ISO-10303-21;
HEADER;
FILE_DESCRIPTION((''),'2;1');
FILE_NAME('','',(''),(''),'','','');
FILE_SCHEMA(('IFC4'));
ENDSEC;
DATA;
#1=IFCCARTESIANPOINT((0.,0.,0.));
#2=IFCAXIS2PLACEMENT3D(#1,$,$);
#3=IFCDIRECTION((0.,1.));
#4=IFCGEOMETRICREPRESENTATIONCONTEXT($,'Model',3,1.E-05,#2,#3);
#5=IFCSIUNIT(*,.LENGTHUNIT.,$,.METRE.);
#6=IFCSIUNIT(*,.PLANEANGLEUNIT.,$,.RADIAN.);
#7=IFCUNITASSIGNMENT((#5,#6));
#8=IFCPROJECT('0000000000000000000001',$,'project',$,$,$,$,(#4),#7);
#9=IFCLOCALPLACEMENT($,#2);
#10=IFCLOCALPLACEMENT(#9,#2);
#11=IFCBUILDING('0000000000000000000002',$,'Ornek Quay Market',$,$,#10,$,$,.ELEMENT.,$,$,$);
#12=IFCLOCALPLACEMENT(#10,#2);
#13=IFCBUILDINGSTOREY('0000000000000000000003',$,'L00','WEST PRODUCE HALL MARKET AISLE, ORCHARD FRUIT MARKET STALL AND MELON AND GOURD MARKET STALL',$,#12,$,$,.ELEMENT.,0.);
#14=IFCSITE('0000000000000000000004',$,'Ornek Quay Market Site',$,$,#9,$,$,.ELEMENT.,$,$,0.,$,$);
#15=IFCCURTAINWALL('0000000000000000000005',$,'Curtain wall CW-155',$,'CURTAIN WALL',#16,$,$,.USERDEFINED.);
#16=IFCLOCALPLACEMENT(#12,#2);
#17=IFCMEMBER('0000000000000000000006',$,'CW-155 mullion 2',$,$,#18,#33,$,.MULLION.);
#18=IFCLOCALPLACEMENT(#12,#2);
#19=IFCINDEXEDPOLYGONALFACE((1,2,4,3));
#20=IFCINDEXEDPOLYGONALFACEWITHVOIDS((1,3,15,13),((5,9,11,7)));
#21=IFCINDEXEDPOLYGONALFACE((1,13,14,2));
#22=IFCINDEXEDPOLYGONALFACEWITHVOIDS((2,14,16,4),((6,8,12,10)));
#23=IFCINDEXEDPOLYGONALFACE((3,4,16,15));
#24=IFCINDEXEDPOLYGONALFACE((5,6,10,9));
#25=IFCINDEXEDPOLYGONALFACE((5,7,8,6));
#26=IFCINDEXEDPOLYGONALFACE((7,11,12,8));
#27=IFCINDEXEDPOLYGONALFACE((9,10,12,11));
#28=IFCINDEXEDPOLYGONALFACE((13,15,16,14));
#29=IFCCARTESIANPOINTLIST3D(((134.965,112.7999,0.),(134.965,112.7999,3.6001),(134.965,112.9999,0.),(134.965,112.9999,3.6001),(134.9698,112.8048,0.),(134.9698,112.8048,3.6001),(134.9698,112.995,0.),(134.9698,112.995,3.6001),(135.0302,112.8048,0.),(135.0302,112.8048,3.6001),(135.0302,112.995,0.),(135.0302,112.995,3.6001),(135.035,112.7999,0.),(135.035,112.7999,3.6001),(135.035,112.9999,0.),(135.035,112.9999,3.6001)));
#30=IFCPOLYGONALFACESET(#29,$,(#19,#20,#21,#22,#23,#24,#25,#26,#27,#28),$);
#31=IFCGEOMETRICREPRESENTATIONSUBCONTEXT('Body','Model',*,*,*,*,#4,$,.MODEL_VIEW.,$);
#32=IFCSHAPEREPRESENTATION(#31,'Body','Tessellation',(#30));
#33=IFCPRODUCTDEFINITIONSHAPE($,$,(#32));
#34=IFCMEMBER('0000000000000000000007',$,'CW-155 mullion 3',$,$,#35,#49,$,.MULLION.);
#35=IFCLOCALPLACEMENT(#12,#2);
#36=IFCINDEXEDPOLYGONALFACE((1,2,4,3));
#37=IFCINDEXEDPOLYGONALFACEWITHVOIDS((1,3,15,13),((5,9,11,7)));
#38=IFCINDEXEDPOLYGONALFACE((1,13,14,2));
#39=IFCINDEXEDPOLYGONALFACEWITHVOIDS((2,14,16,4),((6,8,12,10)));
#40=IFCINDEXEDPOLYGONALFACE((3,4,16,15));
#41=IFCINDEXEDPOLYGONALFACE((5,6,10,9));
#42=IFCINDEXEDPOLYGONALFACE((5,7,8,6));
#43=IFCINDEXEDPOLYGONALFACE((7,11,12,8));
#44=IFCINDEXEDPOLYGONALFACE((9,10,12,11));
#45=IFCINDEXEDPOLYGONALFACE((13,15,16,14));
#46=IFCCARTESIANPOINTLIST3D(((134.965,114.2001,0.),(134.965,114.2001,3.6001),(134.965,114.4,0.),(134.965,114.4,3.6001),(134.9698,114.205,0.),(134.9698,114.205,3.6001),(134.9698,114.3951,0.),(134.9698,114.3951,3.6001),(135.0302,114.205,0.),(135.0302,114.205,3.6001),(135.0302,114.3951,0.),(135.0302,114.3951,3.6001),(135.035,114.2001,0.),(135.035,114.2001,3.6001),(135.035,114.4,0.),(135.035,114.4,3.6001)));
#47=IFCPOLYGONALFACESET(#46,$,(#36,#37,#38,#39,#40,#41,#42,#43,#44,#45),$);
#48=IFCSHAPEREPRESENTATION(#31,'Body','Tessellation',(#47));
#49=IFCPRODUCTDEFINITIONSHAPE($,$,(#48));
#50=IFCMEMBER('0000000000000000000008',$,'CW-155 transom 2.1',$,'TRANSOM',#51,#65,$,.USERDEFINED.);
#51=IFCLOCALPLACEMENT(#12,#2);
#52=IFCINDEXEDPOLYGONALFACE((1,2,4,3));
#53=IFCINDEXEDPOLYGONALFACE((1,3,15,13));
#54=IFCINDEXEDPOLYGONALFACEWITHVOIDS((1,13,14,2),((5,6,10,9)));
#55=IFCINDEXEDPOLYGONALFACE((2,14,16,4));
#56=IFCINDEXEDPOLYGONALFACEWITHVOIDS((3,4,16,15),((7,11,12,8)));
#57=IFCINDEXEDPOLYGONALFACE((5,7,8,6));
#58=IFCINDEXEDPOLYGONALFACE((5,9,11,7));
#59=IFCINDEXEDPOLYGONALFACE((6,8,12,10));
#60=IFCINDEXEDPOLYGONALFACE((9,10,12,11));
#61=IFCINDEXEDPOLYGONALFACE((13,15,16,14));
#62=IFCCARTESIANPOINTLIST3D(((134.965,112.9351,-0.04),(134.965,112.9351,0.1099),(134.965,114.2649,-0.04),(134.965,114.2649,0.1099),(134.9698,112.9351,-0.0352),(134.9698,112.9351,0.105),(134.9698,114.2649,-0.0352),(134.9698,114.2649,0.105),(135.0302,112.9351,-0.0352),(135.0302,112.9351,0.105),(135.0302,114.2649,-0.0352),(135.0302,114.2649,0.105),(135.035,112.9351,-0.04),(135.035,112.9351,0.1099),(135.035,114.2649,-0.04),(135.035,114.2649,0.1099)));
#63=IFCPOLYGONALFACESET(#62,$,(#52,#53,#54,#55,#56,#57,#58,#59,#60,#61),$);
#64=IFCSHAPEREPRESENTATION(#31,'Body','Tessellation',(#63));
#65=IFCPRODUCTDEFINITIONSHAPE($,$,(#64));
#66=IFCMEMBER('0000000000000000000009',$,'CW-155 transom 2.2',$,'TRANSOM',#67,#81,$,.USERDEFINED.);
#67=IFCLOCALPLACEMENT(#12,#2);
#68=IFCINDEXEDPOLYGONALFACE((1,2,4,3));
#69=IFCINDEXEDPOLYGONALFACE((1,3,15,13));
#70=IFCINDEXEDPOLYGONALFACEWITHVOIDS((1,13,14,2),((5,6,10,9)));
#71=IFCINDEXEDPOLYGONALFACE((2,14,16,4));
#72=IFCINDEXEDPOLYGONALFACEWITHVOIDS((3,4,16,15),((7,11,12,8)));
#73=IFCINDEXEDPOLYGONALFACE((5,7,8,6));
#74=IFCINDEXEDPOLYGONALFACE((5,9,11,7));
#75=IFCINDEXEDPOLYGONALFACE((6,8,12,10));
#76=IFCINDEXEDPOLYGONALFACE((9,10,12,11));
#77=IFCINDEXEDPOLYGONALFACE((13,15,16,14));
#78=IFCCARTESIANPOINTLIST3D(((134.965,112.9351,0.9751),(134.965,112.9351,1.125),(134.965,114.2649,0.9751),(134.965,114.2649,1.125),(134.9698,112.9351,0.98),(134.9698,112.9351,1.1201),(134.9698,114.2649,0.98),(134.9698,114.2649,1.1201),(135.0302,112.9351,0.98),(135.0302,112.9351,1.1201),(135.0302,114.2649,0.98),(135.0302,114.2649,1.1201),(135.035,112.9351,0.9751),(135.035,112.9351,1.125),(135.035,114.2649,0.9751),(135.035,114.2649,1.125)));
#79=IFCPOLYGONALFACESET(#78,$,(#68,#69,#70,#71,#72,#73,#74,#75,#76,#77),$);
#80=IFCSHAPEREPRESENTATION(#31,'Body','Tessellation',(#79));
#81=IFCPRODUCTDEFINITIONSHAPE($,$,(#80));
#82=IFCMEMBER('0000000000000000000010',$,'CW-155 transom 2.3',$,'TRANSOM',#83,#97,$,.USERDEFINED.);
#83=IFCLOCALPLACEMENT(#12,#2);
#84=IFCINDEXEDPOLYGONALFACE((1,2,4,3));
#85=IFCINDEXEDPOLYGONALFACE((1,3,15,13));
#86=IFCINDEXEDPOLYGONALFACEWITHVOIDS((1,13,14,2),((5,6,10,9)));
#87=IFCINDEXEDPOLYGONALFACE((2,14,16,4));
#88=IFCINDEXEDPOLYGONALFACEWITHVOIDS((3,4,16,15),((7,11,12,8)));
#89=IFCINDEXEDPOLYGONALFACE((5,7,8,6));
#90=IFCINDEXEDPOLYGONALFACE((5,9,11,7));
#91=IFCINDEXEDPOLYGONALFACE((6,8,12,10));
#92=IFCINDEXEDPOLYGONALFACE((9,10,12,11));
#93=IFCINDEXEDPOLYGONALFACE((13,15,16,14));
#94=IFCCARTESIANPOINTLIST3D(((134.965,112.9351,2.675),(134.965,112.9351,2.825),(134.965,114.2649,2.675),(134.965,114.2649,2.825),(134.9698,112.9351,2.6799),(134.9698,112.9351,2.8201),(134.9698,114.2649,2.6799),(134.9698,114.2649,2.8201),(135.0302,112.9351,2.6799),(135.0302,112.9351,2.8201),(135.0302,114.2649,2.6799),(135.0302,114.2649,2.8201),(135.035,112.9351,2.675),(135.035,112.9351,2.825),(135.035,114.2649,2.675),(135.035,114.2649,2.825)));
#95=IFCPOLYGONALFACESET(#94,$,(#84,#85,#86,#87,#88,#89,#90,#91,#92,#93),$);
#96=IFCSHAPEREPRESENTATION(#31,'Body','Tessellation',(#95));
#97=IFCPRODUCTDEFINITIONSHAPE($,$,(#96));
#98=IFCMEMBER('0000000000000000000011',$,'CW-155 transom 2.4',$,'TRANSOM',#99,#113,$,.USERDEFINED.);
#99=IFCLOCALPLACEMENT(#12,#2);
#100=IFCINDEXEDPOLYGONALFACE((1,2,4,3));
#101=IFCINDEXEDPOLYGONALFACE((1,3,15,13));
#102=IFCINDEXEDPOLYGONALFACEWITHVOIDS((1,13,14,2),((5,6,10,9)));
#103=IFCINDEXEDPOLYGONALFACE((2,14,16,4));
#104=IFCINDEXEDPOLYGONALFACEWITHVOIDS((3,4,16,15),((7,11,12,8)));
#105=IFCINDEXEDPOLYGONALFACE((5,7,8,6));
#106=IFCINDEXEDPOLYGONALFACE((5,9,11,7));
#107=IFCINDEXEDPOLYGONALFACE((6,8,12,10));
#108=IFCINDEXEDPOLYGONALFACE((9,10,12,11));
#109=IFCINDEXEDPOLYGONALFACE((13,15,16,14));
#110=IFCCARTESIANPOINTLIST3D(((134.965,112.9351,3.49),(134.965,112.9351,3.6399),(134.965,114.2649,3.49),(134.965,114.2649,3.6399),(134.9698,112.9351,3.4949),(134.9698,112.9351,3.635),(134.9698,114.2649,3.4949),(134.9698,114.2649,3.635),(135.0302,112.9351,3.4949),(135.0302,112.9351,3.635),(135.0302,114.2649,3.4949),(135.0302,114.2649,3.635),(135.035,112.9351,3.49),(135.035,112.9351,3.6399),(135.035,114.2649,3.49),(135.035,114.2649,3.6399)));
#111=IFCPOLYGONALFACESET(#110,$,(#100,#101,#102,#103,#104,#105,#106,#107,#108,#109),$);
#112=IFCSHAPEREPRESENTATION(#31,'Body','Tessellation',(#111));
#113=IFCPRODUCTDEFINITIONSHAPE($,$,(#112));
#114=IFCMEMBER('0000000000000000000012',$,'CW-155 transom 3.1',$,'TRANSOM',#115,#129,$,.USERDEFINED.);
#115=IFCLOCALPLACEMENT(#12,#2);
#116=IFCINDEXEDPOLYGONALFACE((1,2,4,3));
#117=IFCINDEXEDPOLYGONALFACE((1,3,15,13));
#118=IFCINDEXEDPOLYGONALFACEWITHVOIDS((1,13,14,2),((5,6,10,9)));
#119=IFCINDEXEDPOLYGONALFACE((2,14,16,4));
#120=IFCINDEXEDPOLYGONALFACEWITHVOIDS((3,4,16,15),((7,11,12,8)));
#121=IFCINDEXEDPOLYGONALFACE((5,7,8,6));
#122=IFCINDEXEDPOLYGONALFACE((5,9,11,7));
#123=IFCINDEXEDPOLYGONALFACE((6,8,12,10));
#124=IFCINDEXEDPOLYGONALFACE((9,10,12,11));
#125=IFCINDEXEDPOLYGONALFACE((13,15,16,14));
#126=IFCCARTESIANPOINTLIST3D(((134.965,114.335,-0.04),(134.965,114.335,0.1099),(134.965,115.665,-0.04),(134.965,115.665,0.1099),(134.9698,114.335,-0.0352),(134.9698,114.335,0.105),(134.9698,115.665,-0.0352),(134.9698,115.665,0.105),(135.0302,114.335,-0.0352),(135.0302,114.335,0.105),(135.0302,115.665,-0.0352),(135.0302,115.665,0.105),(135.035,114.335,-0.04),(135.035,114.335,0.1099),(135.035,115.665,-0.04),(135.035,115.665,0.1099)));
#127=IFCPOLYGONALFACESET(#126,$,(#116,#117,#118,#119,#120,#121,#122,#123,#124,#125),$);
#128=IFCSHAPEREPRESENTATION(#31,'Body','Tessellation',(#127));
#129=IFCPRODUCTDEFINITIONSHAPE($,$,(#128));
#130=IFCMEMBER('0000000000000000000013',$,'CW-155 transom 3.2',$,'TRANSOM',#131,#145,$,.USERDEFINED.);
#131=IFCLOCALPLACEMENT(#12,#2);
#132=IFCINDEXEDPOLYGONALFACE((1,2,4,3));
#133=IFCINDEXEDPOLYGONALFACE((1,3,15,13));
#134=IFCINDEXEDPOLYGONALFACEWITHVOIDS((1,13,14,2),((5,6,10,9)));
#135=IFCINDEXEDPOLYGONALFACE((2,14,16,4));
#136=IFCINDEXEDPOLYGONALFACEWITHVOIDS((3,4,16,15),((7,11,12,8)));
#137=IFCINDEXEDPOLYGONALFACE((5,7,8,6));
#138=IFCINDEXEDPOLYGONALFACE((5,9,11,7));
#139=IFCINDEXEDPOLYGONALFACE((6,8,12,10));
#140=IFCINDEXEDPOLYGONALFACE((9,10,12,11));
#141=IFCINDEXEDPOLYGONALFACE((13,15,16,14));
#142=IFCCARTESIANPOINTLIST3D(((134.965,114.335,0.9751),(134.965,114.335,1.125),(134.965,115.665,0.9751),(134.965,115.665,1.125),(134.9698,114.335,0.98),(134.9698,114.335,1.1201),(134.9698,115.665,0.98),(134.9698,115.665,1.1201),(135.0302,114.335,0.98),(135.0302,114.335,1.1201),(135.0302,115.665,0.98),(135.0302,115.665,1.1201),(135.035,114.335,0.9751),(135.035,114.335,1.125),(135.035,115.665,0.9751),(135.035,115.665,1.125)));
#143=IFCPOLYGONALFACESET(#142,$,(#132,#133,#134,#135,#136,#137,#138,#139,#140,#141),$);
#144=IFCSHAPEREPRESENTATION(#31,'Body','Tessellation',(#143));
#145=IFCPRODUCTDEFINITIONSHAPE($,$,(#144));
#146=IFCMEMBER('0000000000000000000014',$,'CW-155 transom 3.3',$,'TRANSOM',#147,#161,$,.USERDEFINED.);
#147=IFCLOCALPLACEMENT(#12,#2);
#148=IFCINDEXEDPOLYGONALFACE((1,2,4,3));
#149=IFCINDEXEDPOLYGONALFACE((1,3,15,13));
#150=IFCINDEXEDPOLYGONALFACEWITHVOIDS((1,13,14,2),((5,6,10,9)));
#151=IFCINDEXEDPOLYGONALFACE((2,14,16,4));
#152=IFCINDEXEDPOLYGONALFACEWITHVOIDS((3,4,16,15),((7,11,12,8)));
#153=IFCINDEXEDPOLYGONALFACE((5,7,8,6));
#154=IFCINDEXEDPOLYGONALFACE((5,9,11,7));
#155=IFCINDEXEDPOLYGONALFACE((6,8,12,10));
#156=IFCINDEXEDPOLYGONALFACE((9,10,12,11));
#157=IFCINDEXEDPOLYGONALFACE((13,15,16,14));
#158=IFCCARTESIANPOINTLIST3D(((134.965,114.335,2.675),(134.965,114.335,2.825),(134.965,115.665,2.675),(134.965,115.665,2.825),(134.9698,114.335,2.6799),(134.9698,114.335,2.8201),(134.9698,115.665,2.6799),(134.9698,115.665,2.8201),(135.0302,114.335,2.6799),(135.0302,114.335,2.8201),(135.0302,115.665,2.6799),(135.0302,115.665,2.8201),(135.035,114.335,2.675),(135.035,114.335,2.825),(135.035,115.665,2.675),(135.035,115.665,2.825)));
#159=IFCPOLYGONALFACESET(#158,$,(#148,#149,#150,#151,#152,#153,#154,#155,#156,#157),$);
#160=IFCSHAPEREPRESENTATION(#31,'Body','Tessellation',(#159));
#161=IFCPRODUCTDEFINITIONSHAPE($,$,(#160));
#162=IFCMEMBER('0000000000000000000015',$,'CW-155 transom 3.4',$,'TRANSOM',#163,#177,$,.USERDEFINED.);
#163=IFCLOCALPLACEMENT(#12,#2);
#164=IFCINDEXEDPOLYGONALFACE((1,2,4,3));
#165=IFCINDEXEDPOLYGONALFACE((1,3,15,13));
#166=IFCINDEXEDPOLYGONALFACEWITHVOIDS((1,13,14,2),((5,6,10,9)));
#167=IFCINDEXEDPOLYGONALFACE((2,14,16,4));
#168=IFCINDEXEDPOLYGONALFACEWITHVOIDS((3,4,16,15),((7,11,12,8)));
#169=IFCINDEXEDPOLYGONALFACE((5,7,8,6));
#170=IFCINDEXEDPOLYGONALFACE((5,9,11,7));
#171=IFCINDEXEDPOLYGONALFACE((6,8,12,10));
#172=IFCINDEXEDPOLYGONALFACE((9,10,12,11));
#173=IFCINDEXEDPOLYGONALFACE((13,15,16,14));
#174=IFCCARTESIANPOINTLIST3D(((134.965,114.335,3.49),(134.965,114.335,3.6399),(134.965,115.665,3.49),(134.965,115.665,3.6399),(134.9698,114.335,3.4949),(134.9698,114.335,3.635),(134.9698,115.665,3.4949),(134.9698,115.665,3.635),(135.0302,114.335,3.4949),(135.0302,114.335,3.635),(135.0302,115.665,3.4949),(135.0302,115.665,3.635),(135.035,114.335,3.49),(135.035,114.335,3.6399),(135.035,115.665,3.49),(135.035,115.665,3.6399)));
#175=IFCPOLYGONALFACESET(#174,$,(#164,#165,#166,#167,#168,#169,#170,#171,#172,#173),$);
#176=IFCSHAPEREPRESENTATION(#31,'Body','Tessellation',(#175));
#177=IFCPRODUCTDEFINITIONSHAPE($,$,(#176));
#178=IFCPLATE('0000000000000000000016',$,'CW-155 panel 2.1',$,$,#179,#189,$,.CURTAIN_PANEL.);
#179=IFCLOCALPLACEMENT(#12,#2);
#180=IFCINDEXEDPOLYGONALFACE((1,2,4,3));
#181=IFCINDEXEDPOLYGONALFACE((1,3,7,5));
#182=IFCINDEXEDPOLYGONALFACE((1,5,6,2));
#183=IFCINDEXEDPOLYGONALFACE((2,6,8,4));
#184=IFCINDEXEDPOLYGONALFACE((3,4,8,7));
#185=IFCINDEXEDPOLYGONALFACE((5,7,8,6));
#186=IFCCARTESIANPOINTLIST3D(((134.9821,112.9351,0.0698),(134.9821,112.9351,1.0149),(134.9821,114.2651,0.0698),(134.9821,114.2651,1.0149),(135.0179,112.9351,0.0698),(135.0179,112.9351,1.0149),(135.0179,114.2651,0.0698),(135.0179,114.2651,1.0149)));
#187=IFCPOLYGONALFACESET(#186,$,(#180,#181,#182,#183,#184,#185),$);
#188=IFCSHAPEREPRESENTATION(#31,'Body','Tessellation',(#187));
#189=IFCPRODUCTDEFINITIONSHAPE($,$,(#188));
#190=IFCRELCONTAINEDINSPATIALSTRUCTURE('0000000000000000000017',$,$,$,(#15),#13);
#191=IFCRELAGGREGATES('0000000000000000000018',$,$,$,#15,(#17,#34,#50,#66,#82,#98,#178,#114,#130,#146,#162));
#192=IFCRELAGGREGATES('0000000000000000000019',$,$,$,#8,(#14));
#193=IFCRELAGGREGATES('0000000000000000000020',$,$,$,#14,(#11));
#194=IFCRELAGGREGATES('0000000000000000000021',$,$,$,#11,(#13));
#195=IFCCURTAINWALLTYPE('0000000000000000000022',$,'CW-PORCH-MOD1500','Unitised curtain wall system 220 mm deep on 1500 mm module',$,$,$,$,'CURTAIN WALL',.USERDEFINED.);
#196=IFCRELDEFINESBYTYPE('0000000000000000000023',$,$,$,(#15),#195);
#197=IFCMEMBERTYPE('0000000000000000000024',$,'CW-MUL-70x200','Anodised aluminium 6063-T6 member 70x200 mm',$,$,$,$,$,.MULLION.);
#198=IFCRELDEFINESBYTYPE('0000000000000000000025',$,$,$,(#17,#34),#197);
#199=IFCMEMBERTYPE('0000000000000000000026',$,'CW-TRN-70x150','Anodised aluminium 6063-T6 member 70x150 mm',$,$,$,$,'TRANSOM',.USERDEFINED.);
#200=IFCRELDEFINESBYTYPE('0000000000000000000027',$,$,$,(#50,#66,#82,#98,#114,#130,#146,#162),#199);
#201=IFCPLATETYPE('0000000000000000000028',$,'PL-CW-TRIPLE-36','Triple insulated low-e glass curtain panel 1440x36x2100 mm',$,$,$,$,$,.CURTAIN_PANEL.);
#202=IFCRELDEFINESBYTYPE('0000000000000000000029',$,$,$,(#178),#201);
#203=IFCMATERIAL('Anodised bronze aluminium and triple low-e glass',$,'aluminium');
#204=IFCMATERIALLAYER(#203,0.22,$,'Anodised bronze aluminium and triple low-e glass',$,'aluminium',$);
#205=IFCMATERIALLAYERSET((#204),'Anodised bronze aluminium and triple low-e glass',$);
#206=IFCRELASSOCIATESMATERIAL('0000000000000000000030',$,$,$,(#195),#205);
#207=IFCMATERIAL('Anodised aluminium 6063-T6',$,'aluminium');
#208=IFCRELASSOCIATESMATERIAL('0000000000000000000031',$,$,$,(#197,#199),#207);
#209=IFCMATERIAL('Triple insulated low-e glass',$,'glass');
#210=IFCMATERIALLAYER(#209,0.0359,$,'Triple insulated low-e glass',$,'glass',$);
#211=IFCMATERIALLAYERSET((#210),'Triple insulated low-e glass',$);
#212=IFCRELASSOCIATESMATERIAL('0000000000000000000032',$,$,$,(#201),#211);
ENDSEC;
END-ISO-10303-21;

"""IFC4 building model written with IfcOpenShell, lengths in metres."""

from ifc_helpers import new_model, si_unit, direction, frame, origin, origin_2d, place, context, subcontext, project, spatial, rectangle, hollow_rectangle, extrude, material, layer, layer_set, material_profile, profile_set, type_object, element, aggregate, save


model = new_model("IFC4")

# Units and contexts
model_context = context("Model", 3, precision=1e-05, world=origin(), true_north=direction((0.0, 1.0)))
body_context = subcontext(model_context, "Body", "Model", "MODEL_VIEW")
ifc_project = project(units=[si_unit("LENGTHUNIT", "METRE"), si_unit("PLANEANGLEUNIT", "RADIAN")], contexts=[model_context])

# Site, building, storey
site_placement = place(None, origin())
site = spatial("IfcSite", under=ifc_project, at=site_placement, Name="Ornek Quay Market Site", CompositionType="ELEMENT", RefElevation=0.0)
building_placement = place(site_placement, origin())
building = spatial("IfcBuilding", under=site, at=building_placement, Name="Ornek Quay Market", CompositionType="ELEMENT")
storey_placement = place(building_placement, origin())
storey = spatial("IfcBuildingStorey", under=building, at=storey_placement, Name="L00", Description="WEST PRODUCE HALL MARKET AISLE, ORCHARD FRUIT MARKET STALL AND MELON AND GOURD MARKET STALL", CompositionType="ELEMENT", Elevation=0.0)

# Curtain wall, members, plate
ifc_material_1 = material(Name="Anodised bronze aluminium and triple low-e glass", Category="aluminium")
ifc_layer_1 = layer(ifc_material_1, 0.22, Name="Anodised bronze aluminium and triple low-e glass", Category="aluminium")
ifc_layer_set_1 = layer_set([ifc_layer_1], Name="Anodised bronze aluminium and triple low-e glass")
curtain_wall_type = type_object("IfcCurtainWallType", Name="CW-PORCH-MOD1500", Description="Unitised curtain wall system 220 mm deep on 1500 mm module", ElementType="CURTAIN WALL", PredefinedType="USERDEFINED", material=ifc_layer_set_1)
curtain_wall_placement = place(storey_placement, origin())
curtain_wall = element("IfcCurtainWall", 1, at=curtain_wall_placement, inside=storey, type_object=curtain_wall_type, Name="Curtain wall CW-155", ObjectType="CURTAIN WALL", PredefinedType="USERDEFINED")
ifc_material_2 = material(Name="Anodised aluminium 6063-T6", Category="aluminium")
ifc_material_profile_1 = material_profile(ifc_material_2, hollow_rectangle(XDim=0.0701, YDim=0.2, WallThickness=0.0049, at=origin_2d()), Name="CW-MUL-70x200", Category="aluminium")
ifc_profile_set_1 = profile_set([ifc_material_profile_1], Name="Anodised aluminium 6063-T6")
member_type_1 = type_object("IfcMemberType", Name="CW-MUL-70x200", Description="Anodised aluminium 6063-T6 member 70x200 mm", PredefinedType="MULLION", material=ifc_profile_set_1)
member_1_placement = place(storey_placement, frame((135.0, 112.8999, 0.0), z_axis=(0.0, 0.0, 1.0), x_axis=(-1.0, 0.0, 0.0)))
member_1 = element("IfcMember", 2, at=member_1_placement, type_object=member_type_1, Name="CW-155 mullion 2", PredefinedType="MULLION", context=body_context, shape_type="SweptSolid", body=[
    extrude(hollow_rectangle(XDim=0.0701, YDim=0.2, WallThickness=0.0049, at=origin_2d()), origin(), (0.0, 0.0, 1.0), 3.6001),
])
member_2_placement = place(storey_placement, frame((135.0, 114.3, 0.0), z_axis=(0.0, 0.0, 1.0), x_axis=(-1.0, 0.0, 0.0)))
member_2 = element("IfcMember", 3, at=member_2_placement, type_object=member_type_1, Name="CW-155 mullion 3", PredefinedType="MULLION", context=body_context, shape_type="SweptSolid", body=[
    extrude(hollow_rectangle(XDim=0.0701, YDim=0.2, WallThickness=0.0049, at=origin_2d()), origin(), (0.0, 0.0, 1.0), 3.6001),
])
ifc_material_profile_2 = material_profile(ifc_material_2, hollow_rectangle(XDim=0.0701, YDim=0.1499, WallThickness=0.0049, at=origin_2d()), Name="CW-TRN-70x150", Category="aluminium")
ifc_profile_set_2 = profile_set([ifc_material_profile_2], Name="Anodised aluminium 6063-T6")
member_type_2 = type_object("IfcMemberType", Name="CW-TRN-70x150", Description="Anodised aluminium 6063-T6 member 70x150 mm", ElementType="TRANSOM", PredefinedType="USERDEFINED", material=ifc_profile_set_2)
member_3_placement = place(storey_placement, frame((135.0, 112.9351, 0.0349), z_axis=(0.0, 1.0, 0.0), x_axis=(-1.0, 0.0, 0.0)))
member_3 = element("IfcMember", 4, at=member_3_placement, type_object=member_type_2, Name="CW-155 transom 2.1", ObjectType="TRANSOM", PredefinedType="USERDEFINED", context=body_context, shape_type="SweptSolid", body=[
    extrude(hollow_rectangle(XDim=0.0701, YDim=0.1499, WallThickness=0.0049, at=origin_2d()), origin(), (0.0, 0.0, 1.0), 1.3298),
])
member_4_placement = place(storey_placement, frame((135.0, 112.9351, 1.05), z_axis=(0.0, 1.0, 0.0), x_axis=(-1.0, 0.0, 0.0)))
member_4 = element("IfcMember", 5, at=member_4_placement, type_object=member_type_2, Name="CW-155 transom 2.2", ObjectType="TRANSOM", PredefinedType="USERDEFINED", context=body_context, shape_type="SweptSolid", body=[
    extrude(hollow_rectangle(XDim=0.0701, YDim=0.1499, WallThickness=0.0049, at=origin_2d()), origin(), (0.0, 0.0, 1.0), 1.3298),
])
member_5_placement = place(storey_placement, frame((135.0, 112.9351, 2.75), z_axis=(0.0, 1.0, 0.0), x_axis=(-1.0, 0.0, 0.0)))
member_5 = element("IfcMember", 6, at=member_5_placement, type_object=member_type_2, Name="CW-155 transom 2.3", ObjectType="TRANSOM", PredefinedType="USERDEFINED", context=body_context, shape_type="SweptSolid", body=[
    extrude(hollow_rectangle(XDim=0.0701, YDim=0.1499, WallThickness=0.0049, at=origin_2d()), origin(), (0.0, 0.0, 1.0), 1.3298),
])
member_6_placement = place(storey_placement, frame((135.0, 112.9351, 3.5649), z_axis=(0.0, 1.0, 0.0), x_axis=(-1.0, 0.0, 0.0)))
member_6 = element("IfcMember", 7, at=member_6_placement, type_object=member_type_2, Name="CW-155 transom 2.4", ObjectType="TRANSOM", PredefinedType="USERDEFINED", context=body_context, shape_type="SweptSolid", body=[
    extrude(hollow_rectangle(XDim=0.0701, YDim=0.1499, WallThickness=0.0049, at=origin_2d()), origin(), (0.0, 0.0, 1.0), 1.3298),
])
member_7_placement = place(storey_placement, frame((135.0, 114.335, 0.0349), z_axis=(0.0, 1.0, 0.0), x_axis=(-1.0, 0.0, 0.0)))
member_7 = element("IfcMember", 8, at=member_7_placement, type_object=member_type_2, Name="CW-155 transom 3.1", ObjectType="TRANSOM", PredefinedType="USERDEFINED", context=body_context, shape_type="SweptSolid", body=[
    extrude(hollow_rectangle(XDim=0.0701, YDim=0.1499, WallThickness=0.0049, at=origin_2d()), origin(), (0.0, 0.0, 1.0), 1.3301),
])
member_8_placement = place(storey_placement, frame((135.0, 114.335, 1.05), z_axis=(0.0, 1.0, 0.0), x_axis=(-1.0, 0.0, 0.0)))
member_8 = element("IfcMember", 9, at=member_8_placement, type_object=member_type_2, Name="CW-155 transom 3.2", ObjectType="TRANSOM", PredefinedType="USERDEFINED", context=body_context, shape_type="SweptSolid", body=[
    extrude(hollow_rectangle(XDim=0.0701, YDim=0.1499, WallThickness=0.0049, at=origin_2d()), origin(), (0.0, 0.0, 1.0), 1.3301),
])
member_9_placement = place(storey_placement, frame((135.0, 114.335, 2.75), z_axis=(0.0, 1.0, 0.0), x_axis=(-1.0, 0.0, 0.0)))
member_9 = element("IfcMember", 10, at=member_9_placement, type_object=member_type_2, Name="CW-155 transom 3.3", ObjectType="TRANSOM", PredefinedType="USERDEFINED", context=body_context, shape_type="SweptSolid", body=[
    extrude(hollow_rectangle(XDim=0.0701, YDim=0.1499, WallThickness=0.0049, at=origin_2d()), origin(), (0.0, 0.0, 1.0), 1.3301),
])
member_10_placement = place(storey_placement, frame((135.0, 114.335, 3.5649), z_axis=(0.0, 1.0, 0.0), x_axis=(-1.0, 0.0, 0.0)))
member_10 = element("IfcMember", 11, at=member_10_placement, type_object=member_type_2, Name="CW-155 transom 3.4", ObjectType="TRANSOM", PredefinedType="USERDEFINED", context=body_context, shape_type="SweptSolid", body=[
    extrude(hollow_rectangle(XDim=0.0701, YDim=0.1499, WallThickness=0.0049, at=origin_2d()), origin(), (0.0, 0.0, 1.0), 1.3301),
])
ifc_material_3 = material(Name="Triple insulated low-e glass", Category="glass")
ifc_layer_2 = layer(ifc_material_3, 0.0359, Name="Triple insulated low-e glass", Category="glass")
ifc_layer_set_2 = layer_set([ifc_layer_2], Name="Triple insulated low-e glass")
plate_type = type_object("IfcPlateType", Name="PL-CW-TRIPLE-36", Description="Triple insulated low-e glass curtain panel 1440x36x2100 mm", PredefinedType="CURTAIN_PANEL", material=ifc_layer_set_2)
plate_1_placement = place(storey_placement, frame((135.0, 113.6001, 0.0698), z_axis=(0.0, 0.0, 1.0), x_axis=(0.0, 1.0, 0.0)))
plate_1 = element("IfcPlate", 12, at=plate_1_placement, type_object=plate_type, Name="CW-155 panel 2.1", PredefinedType="CURTAIN_PANEL", context=body_context, shape_type="SweptSolid", body=[
    extrude(rectangle(XDim=1.3301, YDim=0.0359, at=origin_2d()), origin(), (0.0, 0.0, 1.0), 0.9451),
])
aggregate(curtain_wall, [member_1, member_2, member_3, member_4, member_5, member_6, plate_1, member_7, member_8, member_9, member_10])

save(model, "model.ifc")
